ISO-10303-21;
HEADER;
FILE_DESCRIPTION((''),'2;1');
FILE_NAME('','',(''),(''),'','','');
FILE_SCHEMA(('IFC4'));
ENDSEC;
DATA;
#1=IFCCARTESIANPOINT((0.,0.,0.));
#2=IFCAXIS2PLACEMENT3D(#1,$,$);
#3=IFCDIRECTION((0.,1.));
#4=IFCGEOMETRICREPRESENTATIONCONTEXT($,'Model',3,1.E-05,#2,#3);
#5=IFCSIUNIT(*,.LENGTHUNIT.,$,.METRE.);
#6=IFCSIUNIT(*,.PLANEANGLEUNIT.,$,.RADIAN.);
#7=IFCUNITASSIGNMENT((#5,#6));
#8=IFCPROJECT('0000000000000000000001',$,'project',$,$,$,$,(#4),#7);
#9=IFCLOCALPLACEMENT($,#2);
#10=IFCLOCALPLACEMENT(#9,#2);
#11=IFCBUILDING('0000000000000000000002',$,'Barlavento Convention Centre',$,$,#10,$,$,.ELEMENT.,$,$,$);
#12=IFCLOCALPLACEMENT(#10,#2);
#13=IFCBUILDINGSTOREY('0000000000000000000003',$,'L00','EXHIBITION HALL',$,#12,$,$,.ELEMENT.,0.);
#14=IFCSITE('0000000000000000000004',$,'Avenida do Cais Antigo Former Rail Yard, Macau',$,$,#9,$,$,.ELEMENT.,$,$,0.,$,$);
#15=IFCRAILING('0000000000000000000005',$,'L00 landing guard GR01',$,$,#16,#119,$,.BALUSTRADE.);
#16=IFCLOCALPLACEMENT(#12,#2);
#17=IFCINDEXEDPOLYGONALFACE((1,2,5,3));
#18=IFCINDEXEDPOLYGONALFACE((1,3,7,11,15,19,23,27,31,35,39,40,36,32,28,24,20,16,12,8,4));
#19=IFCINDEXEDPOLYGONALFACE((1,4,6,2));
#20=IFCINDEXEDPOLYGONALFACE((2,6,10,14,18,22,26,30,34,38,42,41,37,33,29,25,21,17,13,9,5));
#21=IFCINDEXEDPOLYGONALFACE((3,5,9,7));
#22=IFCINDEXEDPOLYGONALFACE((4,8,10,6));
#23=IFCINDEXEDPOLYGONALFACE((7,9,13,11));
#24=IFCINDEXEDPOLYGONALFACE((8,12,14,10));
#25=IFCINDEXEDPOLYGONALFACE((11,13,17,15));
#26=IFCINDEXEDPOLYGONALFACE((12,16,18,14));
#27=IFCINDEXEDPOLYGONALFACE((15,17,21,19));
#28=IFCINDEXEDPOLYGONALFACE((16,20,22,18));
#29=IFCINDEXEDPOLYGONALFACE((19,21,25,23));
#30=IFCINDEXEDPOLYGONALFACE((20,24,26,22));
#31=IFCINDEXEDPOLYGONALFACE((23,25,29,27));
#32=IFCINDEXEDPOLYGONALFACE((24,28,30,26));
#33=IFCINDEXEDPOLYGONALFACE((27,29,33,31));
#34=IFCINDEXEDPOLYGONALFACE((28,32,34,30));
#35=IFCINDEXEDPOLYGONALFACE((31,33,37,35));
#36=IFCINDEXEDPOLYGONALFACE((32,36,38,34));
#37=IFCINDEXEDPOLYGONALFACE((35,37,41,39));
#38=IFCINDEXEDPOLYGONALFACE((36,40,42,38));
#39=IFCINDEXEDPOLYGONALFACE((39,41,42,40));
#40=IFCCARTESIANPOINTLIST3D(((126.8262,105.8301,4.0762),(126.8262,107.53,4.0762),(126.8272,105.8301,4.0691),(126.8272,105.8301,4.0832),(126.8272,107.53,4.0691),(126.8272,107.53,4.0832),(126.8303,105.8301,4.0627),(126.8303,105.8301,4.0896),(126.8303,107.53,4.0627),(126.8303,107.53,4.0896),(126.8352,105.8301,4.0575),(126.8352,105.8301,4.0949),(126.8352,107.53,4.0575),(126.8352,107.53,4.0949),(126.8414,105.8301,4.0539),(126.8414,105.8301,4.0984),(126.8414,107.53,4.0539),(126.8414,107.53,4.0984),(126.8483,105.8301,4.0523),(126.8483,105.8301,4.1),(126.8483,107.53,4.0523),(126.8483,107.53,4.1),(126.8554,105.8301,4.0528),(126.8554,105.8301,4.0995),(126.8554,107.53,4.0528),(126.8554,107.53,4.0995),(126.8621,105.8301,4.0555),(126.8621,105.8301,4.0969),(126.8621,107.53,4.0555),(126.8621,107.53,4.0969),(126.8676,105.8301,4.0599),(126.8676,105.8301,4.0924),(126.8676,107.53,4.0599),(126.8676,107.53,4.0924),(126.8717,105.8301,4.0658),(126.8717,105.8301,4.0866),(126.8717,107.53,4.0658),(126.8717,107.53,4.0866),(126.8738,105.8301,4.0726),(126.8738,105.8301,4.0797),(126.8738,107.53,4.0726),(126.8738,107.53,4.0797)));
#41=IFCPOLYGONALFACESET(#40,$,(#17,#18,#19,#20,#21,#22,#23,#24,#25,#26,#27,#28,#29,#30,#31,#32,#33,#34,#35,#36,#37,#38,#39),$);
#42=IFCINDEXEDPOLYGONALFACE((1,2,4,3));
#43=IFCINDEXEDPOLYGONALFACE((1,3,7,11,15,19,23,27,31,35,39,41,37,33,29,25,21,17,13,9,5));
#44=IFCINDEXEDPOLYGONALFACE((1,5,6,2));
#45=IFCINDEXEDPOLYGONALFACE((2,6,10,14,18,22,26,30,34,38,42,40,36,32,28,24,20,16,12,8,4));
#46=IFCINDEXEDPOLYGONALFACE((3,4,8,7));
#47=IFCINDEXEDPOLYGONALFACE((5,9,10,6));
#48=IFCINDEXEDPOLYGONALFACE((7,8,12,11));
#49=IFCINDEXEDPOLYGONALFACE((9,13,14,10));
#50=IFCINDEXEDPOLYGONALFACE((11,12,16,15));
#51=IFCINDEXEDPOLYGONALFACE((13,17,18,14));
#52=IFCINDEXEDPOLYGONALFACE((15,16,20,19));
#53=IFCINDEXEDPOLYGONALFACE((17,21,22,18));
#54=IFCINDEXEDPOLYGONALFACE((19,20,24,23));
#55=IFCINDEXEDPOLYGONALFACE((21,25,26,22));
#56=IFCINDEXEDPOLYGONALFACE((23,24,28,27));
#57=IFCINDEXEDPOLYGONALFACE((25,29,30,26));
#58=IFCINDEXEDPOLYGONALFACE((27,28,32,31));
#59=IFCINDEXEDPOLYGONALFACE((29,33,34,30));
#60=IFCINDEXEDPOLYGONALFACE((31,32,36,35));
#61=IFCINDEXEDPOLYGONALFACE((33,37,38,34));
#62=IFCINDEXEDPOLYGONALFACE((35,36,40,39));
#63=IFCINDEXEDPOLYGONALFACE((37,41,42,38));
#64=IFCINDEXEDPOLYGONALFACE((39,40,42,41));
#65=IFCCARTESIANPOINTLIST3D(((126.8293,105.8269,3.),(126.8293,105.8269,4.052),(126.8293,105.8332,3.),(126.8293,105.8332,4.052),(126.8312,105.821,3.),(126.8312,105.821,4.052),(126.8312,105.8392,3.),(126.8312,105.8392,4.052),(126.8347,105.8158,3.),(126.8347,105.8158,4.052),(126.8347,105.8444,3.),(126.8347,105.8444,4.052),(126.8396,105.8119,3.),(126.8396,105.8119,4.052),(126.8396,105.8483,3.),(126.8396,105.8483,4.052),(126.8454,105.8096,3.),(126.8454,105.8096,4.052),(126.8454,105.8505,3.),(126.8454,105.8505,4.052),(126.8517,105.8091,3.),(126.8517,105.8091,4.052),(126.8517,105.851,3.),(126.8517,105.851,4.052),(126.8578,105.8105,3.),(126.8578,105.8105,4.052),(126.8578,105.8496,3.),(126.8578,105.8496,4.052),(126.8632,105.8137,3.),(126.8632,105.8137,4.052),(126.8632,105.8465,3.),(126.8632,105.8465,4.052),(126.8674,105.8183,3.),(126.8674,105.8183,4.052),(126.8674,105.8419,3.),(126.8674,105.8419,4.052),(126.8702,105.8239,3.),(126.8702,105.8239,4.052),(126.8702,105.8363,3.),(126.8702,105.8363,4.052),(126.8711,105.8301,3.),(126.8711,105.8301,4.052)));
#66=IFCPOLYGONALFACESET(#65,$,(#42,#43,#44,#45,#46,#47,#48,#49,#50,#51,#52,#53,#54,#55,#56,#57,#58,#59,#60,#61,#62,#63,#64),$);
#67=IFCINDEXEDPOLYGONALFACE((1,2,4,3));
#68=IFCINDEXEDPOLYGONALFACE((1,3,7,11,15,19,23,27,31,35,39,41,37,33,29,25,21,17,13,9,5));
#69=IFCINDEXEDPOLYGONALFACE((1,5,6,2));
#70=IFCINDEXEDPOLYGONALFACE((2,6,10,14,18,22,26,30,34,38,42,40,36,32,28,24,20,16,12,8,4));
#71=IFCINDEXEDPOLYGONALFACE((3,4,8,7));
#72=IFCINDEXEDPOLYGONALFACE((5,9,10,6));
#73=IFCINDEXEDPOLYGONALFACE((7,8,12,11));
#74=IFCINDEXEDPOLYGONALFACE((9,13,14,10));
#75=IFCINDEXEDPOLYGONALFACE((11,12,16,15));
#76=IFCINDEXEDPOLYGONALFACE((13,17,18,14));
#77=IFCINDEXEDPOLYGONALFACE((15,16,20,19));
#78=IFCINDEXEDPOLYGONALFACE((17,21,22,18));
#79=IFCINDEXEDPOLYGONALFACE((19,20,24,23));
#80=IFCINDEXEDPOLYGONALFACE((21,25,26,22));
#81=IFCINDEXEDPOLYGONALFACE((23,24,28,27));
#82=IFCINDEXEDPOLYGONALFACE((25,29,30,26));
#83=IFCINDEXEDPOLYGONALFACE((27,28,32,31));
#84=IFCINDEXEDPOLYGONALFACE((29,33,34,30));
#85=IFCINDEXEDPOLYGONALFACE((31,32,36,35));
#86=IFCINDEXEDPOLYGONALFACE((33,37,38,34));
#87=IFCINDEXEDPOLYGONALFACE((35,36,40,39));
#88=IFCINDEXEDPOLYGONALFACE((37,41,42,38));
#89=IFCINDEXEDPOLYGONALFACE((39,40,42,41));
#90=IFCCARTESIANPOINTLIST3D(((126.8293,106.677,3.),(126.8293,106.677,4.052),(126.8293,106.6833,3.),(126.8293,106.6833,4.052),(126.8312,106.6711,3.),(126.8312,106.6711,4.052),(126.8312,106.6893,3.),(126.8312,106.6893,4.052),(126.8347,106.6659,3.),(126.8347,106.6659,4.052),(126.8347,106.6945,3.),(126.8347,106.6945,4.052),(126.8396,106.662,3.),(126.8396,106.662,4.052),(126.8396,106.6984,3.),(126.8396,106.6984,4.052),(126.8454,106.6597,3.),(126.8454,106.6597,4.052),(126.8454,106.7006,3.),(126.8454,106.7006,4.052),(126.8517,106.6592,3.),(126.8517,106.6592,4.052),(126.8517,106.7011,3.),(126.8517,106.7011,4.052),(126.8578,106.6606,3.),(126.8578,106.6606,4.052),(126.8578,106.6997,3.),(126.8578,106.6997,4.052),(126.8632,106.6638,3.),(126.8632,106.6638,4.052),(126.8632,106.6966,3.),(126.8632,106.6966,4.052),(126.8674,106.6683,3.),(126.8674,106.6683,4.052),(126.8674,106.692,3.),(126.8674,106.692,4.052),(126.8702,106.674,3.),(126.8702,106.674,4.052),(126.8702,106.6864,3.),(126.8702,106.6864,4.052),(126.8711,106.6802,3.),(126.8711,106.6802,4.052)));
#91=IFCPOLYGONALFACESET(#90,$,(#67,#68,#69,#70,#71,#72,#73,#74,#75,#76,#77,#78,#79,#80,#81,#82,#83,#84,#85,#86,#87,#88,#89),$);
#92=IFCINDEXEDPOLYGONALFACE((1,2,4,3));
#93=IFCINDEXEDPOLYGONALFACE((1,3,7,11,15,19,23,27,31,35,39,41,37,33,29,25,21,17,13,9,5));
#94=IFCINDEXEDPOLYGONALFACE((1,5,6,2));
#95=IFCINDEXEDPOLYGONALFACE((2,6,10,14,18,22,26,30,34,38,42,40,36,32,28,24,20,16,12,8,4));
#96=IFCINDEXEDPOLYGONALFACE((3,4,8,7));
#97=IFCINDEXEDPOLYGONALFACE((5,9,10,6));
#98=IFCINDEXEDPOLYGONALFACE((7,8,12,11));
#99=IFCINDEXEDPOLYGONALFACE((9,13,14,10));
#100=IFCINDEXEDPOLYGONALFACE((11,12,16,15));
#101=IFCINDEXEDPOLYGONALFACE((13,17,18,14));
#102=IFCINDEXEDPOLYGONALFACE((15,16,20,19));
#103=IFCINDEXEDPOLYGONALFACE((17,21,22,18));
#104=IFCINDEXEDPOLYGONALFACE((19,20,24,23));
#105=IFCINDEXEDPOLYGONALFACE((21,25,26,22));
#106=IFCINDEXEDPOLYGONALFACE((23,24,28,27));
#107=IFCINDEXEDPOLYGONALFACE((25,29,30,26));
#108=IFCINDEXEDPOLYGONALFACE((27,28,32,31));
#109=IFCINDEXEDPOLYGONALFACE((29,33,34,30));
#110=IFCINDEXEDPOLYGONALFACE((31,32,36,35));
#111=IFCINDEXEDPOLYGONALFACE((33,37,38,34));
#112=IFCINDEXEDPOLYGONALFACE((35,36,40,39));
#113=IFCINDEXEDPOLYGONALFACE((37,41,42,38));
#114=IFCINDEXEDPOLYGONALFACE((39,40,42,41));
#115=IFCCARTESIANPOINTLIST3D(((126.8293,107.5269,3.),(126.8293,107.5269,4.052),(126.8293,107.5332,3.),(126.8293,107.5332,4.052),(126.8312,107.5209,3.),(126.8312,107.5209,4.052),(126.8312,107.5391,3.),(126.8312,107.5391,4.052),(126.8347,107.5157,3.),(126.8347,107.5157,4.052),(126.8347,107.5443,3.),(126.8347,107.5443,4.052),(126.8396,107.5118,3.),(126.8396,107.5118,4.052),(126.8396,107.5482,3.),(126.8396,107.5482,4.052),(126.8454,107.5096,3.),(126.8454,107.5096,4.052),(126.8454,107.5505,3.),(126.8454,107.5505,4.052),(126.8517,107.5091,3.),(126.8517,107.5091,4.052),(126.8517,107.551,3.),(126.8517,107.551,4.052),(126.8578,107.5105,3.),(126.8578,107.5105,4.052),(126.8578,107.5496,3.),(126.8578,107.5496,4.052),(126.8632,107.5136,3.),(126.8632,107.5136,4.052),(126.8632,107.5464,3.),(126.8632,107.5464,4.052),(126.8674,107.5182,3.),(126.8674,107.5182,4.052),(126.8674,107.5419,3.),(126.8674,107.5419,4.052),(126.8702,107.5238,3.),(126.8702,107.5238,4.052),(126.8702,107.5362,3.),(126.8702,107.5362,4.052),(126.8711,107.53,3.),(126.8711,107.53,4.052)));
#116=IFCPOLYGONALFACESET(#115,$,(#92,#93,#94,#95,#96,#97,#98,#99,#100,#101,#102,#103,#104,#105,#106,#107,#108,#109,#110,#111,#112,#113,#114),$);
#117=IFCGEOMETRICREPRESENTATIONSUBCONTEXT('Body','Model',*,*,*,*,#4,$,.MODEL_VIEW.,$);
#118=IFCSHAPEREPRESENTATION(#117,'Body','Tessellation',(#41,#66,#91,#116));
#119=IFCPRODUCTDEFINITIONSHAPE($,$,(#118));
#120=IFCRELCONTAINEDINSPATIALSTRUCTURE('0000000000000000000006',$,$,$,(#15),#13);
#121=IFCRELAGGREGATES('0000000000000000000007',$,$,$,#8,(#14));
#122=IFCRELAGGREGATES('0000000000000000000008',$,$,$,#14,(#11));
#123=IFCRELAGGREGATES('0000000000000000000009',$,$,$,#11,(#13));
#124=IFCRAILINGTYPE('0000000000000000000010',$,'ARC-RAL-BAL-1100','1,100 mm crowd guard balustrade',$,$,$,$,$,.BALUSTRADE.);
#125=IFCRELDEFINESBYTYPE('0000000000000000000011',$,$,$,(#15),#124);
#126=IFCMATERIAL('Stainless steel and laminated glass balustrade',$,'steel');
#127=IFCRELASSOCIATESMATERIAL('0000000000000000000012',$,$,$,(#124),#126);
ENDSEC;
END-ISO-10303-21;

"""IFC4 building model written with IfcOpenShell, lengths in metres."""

from ifc_helpers import new_model, si_unit, direction, frame, origin, origin_2d, place, context, subcontext, project, spatial, circle, extrude, material, type_object, element, save


model = new_model("IFC4")

# Units and contexts
model_context = context("Model", 3, precision=1e-05, world=origin(), true_north=direction((0.0, 1.0)))
body_context = subcontext(model_context, "Body", "Model", "MODEL_VIEW")
ifc_project = project(units=[si_unit("LENGTHUNIT", "METRE"), si_unit("PLANEANGLEUNIT", "RADIAN")], contexts=[model_context])

# Site, building, storey
site_placement = place(None, origin())
site = spatial("IfcSite", under=ifc_project, at=site_placement, Name="Avenida do Cais Antigo Former Rail Yard, Macau", CompositionType="ELEMENT", RefElevation=0.0)
building_placement = place(site_placement, origin())
building = spatial("IfcBuilding", under=site, at=building_placement, Name="Barlavento Convention Centre", CompositionType="ELEMENT")
storey_placement = place(building_placement, origin())
storey = spatial("IfcBuildingStorey", under=building, at=storey_placement, Name="L00", Description="EXHIBITION HALL", CompositionType="ELEMENT", Elevation=0.0)

# Railing
ifc_material_1 = material(Name="Stainless steel and laminated glass balustrade", Category="steel")
railing_type_1 = type_object("IfcRailingType", Name="ARC-RAL-BAL-1100", Description="1,100 mm crowd guard balustrade", PredefinedType="BALUSTRADE", material=ifc_material_1)
for number, where, name in (
    (1, (126.8501, 105.8301, 3.0), "L00 landing guard GR01"),
):
    element("IfcRailing", number, at=place(storey_placement, frame(where)), inside=storey, type_object=railing_type_1, Name=name, PredefinedType="BALUSTRADE", context=body_context, shape_type="SweptSolid", body=[
        extrude(circle(Radius=0.0239, at=origin_2d()), frame((0.0, 0.0, 1.0762), z_axis=(0.0, 1.0, 0.0), x_axis=(-1.0, 0.0, 0.0)), (0.0, 0.0, 1.0), 1.7),
        extrude(circle(Radius=0.021, at=origin_2d()), origin(), (0.0, 0.0, 1.0), 1.052),
        extrude(circle(Radius=0.021, at=origin_2d()), frame((0.0, 0.8501, 0.0)), (0.0, 0.0, 1.0), 1.052),
        extrude(circle(Radius=0.021, at=origin_2d()), frame((0.0, 1.7, 0.0)), (0.0, 0.0, 1.0), 1.052),
    ])

save(model, "model.ifc")
